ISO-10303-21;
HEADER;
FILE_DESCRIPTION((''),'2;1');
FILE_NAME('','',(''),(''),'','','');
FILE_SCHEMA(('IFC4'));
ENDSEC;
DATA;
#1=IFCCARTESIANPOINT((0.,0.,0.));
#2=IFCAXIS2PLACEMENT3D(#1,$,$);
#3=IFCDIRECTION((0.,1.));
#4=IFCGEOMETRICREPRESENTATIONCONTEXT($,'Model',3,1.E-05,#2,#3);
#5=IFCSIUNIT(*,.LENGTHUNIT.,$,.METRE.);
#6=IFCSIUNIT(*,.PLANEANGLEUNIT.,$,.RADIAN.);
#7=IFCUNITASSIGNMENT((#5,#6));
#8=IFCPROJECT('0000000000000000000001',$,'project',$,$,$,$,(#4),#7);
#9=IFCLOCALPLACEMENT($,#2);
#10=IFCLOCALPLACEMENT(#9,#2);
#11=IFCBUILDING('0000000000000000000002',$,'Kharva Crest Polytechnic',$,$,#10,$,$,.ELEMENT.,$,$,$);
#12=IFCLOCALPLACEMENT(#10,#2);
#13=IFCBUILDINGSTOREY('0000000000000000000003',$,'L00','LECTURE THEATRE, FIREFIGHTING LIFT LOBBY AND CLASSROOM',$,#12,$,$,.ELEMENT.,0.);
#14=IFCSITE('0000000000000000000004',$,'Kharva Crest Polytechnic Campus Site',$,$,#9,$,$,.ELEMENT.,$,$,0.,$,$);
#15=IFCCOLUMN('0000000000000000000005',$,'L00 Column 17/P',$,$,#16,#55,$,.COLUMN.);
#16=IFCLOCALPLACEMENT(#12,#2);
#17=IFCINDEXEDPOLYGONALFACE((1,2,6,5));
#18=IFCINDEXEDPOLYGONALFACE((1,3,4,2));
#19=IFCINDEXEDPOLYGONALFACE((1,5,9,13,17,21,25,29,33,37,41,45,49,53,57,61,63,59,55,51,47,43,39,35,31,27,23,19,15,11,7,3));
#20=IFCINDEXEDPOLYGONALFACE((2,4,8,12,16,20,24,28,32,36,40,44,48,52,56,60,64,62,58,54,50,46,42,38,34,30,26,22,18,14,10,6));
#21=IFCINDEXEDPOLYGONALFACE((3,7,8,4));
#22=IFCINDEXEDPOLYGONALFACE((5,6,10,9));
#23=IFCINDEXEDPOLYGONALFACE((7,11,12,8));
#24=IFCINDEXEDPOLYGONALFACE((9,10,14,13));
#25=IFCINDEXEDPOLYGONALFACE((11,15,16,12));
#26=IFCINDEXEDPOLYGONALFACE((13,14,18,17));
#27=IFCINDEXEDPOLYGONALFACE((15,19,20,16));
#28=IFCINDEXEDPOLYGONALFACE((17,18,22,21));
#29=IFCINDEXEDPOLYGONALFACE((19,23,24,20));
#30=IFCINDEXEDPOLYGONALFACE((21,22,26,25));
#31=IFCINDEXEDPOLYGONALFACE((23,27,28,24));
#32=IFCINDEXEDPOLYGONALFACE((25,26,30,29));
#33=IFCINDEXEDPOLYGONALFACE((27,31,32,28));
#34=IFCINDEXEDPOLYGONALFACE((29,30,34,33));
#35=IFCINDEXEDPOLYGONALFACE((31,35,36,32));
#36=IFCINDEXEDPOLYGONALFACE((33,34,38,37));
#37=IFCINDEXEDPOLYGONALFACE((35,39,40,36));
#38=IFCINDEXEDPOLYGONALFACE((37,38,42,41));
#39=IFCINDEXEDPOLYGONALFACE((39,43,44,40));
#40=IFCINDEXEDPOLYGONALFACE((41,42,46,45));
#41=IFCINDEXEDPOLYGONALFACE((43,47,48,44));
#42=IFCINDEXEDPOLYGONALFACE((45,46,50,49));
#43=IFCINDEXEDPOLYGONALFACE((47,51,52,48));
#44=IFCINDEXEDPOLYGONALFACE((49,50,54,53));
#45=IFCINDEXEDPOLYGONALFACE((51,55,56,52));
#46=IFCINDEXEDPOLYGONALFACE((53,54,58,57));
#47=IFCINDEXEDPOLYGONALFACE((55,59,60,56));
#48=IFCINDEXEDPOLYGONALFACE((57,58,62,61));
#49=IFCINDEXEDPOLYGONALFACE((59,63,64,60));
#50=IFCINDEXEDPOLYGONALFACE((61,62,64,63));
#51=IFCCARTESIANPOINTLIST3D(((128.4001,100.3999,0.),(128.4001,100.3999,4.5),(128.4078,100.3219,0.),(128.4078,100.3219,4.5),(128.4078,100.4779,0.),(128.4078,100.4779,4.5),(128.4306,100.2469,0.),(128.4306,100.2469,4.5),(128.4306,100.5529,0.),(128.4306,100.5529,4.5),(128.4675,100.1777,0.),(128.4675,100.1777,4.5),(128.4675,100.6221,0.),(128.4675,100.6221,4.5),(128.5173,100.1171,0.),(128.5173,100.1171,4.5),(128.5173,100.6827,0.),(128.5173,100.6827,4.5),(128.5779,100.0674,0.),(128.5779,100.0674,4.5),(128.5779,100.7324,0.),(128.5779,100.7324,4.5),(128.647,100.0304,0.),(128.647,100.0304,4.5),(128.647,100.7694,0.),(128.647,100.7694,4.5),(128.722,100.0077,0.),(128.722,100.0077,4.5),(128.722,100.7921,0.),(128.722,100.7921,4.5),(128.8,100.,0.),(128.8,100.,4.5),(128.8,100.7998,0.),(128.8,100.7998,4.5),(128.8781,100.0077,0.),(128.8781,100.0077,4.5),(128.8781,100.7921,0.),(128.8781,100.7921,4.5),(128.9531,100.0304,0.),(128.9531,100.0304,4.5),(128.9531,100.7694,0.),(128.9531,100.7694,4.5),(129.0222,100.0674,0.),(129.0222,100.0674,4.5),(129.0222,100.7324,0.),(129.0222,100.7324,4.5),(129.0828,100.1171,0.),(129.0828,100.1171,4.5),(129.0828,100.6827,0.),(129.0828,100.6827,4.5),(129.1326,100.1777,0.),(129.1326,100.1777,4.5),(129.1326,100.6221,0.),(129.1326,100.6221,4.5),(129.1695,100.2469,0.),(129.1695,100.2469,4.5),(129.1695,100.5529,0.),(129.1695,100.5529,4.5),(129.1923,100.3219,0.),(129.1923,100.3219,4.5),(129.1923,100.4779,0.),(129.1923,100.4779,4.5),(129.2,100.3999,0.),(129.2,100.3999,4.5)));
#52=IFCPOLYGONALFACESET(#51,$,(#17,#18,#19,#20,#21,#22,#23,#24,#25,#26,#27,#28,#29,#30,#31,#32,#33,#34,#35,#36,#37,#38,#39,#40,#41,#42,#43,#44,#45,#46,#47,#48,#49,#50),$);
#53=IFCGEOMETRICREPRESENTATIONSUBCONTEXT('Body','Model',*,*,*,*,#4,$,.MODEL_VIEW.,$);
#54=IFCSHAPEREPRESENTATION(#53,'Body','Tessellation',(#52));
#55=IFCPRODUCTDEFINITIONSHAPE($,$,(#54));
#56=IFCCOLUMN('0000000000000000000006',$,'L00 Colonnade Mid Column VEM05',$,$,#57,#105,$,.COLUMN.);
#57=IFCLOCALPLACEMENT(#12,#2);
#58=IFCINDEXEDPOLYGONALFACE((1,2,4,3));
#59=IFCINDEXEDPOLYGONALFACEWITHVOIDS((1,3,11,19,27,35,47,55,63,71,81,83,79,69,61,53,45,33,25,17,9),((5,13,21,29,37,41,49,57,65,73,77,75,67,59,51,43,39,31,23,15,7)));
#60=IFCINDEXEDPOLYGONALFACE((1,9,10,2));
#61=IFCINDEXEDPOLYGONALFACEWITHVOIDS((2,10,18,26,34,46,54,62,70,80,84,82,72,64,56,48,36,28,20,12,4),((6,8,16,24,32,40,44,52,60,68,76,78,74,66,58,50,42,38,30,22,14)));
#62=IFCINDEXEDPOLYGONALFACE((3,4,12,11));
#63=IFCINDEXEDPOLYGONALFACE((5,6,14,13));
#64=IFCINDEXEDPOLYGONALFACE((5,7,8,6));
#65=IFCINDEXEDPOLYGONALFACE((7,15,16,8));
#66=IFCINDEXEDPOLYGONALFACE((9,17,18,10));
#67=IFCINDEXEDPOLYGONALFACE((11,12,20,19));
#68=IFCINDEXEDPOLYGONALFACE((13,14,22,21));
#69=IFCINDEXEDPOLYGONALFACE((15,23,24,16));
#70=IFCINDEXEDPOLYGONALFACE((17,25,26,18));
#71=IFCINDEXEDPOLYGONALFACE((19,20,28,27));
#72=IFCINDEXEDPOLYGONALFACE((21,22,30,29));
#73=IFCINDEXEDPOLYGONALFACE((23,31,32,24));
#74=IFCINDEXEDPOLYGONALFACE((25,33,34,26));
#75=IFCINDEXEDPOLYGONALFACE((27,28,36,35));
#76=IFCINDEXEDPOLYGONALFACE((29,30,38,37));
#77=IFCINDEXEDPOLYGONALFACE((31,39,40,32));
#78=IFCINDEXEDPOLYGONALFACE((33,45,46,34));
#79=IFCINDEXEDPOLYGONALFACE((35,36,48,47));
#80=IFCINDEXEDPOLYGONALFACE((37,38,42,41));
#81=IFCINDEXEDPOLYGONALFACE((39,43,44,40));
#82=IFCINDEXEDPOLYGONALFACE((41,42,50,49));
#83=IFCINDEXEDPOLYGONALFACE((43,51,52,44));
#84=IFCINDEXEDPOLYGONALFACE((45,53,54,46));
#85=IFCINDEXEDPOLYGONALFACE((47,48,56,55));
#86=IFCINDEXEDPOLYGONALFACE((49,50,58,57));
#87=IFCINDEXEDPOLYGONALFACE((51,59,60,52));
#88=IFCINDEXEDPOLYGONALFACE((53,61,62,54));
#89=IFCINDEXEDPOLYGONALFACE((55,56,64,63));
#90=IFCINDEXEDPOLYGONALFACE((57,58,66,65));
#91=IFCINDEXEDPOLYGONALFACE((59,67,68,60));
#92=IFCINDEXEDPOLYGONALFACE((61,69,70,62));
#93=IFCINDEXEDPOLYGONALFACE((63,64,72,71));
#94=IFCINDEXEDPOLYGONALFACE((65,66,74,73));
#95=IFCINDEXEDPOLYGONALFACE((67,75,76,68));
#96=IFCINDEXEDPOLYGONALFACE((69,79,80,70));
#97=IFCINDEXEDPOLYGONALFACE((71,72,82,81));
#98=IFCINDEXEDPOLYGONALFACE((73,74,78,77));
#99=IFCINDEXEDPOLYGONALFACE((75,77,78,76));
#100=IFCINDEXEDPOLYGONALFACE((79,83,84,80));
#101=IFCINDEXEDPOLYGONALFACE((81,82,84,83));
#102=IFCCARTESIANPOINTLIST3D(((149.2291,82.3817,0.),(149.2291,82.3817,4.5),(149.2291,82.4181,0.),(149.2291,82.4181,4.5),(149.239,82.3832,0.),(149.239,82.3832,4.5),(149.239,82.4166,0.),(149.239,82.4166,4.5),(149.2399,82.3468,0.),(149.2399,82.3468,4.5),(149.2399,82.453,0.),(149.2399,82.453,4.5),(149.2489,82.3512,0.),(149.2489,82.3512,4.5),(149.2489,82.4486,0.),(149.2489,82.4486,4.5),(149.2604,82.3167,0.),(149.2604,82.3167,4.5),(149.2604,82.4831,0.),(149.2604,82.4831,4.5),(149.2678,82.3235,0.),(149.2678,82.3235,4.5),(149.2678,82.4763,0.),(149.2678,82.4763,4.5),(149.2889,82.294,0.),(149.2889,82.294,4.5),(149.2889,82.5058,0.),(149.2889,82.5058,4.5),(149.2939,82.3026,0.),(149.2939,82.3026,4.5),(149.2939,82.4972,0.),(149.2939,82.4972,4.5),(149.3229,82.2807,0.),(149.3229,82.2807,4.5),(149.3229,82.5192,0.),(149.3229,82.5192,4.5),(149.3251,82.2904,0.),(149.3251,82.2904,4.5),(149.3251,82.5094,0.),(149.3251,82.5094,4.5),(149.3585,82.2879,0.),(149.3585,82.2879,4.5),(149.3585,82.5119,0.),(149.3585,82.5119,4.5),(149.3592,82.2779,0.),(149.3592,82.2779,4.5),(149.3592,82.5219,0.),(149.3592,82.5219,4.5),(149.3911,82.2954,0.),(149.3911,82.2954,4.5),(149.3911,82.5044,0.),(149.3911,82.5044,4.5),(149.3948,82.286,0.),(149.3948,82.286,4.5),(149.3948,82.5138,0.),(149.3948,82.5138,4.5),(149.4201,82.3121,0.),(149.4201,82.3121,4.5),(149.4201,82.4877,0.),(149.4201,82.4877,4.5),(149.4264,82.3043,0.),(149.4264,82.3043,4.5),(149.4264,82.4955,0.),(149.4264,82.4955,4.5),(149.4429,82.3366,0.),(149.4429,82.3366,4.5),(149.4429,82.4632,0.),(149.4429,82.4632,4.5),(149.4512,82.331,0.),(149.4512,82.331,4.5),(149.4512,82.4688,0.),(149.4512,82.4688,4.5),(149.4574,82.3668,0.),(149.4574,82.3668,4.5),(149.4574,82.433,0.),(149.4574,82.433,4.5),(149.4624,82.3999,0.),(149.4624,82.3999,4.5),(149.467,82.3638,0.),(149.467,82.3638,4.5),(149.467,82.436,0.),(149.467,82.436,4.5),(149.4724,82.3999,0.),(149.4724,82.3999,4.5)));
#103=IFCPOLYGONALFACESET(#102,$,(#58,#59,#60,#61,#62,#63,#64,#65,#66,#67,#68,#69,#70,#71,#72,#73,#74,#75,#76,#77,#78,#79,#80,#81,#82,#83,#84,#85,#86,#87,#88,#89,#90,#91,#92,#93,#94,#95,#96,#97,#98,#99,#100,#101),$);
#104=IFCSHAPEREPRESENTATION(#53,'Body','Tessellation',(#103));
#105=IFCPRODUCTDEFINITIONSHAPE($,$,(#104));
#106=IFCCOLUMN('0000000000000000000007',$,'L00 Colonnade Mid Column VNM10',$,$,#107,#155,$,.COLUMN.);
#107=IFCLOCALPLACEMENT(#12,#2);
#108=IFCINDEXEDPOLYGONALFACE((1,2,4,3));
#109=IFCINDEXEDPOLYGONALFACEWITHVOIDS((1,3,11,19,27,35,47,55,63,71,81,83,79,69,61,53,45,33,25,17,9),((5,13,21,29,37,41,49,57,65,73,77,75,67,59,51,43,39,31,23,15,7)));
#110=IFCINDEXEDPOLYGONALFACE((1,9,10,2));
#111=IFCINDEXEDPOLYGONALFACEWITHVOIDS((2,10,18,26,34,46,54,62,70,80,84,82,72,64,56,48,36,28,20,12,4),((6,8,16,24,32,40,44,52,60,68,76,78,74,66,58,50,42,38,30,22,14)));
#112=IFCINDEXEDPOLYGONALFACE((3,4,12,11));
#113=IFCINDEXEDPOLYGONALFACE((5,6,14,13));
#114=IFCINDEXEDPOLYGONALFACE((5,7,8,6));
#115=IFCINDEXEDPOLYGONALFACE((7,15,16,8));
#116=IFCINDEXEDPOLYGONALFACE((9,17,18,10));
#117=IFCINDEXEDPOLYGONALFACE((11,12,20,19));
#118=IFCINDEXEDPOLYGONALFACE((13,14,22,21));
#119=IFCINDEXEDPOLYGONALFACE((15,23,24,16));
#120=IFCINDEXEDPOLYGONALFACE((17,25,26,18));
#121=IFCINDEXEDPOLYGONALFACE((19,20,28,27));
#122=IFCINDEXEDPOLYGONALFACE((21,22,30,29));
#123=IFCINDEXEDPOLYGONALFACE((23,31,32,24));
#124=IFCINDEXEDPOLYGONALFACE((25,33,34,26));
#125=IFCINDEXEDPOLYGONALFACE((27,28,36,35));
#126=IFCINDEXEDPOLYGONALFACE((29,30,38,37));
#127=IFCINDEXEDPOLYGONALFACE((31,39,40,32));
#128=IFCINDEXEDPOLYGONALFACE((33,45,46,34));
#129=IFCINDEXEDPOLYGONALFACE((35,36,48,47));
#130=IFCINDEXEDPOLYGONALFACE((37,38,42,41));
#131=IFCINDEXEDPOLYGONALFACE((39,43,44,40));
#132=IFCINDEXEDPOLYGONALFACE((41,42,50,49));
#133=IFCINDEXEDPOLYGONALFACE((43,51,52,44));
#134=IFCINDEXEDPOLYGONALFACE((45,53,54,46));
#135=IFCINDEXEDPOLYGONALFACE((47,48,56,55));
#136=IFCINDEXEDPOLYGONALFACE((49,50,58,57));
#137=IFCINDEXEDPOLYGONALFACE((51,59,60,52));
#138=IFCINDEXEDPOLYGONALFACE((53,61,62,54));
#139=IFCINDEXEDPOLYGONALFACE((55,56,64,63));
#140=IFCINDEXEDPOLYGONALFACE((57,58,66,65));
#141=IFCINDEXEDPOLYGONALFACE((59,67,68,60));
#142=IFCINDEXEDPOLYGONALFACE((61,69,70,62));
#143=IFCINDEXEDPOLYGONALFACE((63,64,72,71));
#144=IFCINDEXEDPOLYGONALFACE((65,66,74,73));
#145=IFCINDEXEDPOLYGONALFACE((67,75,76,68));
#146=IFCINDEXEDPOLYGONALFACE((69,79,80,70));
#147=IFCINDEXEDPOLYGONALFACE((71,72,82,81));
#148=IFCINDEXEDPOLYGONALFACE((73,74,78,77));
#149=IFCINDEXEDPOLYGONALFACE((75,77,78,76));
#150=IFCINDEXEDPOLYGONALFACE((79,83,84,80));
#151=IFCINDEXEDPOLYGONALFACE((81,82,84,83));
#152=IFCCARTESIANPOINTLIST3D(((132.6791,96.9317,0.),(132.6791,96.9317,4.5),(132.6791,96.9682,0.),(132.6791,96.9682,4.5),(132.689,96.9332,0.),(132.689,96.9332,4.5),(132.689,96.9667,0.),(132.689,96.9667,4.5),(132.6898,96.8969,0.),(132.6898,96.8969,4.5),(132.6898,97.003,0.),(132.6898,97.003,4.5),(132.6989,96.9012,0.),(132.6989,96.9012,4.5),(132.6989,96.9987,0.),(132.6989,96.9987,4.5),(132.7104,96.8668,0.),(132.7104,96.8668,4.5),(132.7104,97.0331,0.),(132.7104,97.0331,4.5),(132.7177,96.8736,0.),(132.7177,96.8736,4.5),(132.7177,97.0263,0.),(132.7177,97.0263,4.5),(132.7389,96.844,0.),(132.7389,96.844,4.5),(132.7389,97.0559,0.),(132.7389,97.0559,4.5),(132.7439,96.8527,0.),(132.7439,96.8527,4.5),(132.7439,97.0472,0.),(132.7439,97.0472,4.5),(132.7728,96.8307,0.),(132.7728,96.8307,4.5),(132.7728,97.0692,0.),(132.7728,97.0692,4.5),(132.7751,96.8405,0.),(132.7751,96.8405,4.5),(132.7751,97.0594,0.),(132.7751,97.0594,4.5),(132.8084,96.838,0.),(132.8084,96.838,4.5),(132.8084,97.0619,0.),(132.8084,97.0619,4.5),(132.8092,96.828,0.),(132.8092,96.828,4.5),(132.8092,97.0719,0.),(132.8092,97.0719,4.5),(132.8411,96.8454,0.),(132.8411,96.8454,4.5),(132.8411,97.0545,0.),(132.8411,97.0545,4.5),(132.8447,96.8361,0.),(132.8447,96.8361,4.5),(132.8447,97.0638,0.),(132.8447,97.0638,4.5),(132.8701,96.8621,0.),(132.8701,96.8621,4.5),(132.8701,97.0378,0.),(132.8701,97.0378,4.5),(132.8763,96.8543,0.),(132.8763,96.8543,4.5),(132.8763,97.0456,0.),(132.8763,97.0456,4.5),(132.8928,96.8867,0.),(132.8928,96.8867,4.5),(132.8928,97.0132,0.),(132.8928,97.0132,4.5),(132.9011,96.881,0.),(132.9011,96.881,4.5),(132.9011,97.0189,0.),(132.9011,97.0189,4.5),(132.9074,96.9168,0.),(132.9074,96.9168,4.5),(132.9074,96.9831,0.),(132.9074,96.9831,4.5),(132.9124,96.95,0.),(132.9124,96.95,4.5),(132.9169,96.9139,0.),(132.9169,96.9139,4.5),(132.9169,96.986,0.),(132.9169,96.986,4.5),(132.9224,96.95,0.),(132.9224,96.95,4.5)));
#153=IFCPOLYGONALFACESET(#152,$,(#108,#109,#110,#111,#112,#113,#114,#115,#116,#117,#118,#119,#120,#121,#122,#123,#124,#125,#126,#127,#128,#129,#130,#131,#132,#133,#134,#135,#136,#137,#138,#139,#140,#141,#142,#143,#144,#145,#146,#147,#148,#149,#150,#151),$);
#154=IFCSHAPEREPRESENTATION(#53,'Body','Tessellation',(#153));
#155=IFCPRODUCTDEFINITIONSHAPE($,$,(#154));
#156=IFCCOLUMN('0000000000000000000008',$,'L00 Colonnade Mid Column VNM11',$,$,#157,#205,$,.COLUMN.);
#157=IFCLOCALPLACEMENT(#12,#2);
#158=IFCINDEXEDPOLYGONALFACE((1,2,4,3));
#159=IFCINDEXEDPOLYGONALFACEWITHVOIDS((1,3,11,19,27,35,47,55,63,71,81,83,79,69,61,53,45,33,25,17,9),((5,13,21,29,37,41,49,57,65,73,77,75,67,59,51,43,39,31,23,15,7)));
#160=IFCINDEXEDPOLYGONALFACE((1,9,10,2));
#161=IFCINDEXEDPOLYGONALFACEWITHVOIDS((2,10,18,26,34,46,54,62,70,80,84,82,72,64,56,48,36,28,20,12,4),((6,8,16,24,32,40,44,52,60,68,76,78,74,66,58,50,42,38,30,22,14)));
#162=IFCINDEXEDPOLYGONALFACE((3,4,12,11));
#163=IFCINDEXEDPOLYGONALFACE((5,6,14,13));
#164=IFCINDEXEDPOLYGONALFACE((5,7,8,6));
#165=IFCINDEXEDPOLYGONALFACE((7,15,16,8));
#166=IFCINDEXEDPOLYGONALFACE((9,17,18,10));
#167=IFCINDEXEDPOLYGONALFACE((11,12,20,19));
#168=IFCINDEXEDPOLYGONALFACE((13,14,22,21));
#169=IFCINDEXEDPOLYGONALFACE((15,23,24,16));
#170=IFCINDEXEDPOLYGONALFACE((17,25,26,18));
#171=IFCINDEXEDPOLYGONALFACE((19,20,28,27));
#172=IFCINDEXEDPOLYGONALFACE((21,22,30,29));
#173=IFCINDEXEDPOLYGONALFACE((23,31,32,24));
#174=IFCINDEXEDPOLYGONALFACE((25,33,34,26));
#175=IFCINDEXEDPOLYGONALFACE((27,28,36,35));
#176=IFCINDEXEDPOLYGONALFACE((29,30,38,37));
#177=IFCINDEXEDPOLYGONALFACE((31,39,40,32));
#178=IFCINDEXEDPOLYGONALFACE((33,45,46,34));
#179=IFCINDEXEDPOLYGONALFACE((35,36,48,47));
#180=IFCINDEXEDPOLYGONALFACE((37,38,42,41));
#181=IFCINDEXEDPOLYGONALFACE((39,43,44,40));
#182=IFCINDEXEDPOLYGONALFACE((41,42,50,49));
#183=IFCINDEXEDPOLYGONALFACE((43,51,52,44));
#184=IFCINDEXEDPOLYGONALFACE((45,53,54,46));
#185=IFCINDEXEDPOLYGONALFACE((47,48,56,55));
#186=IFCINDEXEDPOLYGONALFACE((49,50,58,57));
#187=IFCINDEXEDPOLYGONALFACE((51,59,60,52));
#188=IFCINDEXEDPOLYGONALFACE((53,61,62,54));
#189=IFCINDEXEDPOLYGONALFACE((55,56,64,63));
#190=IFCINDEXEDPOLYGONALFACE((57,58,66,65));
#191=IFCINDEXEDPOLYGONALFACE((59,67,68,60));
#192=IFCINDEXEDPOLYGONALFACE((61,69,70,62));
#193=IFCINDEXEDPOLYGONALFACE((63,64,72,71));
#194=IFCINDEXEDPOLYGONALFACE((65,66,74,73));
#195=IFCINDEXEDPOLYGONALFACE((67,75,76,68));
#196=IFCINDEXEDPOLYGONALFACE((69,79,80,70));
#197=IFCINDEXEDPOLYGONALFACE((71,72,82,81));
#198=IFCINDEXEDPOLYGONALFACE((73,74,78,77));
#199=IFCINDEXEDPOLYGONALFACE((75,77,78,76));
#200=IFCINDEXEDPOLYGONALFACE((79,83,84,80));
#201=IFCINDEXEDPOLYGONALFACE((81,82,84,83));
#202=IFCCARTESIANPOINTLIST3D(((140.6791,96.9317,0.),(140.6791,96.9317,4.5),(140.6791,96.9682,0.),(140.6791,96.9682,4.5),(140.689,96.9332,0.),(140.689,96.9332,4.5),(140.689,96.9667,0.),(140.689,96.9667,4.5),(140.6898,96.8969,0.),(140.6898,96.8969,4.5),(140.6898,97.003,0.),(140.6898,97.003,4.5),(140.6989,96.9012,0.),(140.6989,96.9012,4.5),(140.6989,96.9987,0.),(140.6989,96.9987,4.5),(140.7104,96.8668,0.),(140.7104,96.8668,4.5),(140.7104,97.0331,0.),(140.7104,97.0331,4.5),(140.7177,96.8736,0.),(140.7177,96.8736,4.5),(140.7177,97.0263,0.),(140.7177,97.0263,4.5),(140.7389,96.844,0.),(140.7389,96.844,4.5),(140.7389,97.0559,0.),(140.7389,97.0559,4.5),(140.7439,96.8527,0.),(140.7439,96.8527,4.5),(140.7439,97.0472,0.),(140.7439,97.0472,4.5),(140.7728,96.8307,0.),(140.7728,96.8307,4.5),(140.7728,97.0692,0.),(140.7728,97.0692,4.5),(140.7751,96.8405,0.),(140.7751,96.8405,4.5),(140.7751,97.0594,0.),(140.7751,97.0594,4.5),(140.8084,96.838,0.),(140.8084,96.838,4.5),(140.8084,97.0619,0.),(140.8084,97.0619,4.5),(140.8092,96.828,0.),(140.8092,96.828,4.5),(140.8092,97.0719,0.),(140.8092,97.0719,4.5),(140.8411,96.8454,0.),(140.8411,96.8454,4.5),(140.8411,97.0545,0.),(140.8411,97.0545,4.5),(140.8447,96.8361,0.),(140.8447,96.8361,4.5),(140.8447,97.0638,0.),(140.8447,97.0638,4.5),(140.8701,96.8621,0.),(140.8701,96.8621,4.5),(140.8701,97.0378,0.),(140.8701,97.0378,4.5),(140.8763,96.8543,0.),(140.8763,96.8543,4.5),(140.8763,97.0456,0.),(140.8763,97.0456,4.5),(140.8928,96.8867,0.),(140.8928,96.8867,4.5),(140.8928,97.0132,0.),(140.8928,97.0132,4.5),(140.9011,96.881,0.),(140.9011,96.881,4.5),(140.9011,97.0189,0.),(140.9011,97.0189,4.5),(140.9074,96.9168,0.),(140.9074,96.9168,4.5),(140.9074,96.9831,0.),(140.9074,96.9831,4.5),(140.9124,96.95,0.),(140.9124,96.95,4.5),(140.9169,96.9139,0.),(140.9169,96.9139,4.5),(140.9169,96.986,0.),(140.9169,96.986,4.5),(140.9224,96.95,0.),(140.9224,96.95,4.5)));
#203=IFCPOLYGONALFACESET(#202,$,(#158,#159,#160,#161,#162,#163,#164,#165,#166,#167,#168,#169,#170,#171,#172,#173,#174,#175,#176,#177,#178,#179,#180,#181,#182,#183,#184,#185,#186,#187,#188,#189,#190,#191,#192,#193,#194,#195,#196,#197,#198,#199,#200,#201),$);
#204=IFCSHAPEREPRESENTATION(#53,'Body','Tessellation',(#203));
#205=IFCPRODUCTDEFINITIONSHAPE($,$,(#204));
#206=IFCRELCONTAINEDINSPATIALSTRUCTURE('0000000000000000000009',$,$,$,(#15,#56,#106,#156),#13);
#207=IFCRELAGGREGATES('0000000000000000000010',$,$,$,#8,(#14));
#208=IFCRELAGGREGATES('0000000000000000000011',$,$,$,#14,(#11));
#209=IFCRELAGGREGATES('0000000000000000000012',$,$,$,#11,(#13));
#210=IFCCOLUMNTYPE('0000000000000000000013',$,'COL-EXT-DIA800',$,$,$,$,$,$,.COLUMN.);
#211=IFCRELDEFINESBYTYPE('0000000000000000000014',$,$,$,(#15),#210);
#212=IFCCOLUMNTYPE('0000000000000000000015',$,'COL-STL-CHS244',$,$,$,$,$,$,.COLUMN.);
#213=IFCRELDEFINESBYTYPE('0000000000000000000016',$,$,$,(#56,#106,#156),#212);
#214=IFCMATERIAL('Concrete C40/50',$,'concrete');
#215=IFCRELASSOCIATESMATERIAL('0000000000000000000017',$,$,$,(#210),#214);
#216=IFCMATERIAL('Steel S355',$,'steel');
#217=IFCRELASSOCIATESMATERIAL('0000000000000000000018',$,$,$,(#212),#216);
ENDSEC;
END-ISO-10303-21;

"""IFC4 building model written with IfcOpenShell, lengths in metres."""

from ifc_helpers import new_model, si_unit, direction, frame, origin, origin_2d, place, context, subcontext, project, spatial, circle, hollow_circle, extrude, material, material_profile, profile_set, type_object, element, save


model = new_model("IFC4")

# Units and contexts
model_context = context("Model", 3, precision=1e-05, world=origin(), true_north=direction((0.0, 1.0)))
body_context = subcontext(model_context, "Body", "Model", "MODEL_VIEW")
ifc_project = project(units=[si_unit("LENGTHUNIT", "METRE"), si_unit("PLANEANGLEUNIT", "RADIAN")], contexts=[model_context])

# Site, building, storey
site_placement = place(None, origin())
site = spatial("IfcSite", under=ifc_project, at=site_placement, Name="Kharva Crest Polytechnic Campus Site", CompositionType="ELEMENT", RefElevation=0.0)
building_placement = place(site_placement, origin())
building = spatial("IfcBuilding", under=site, at=building_placement, Name="Kharva Crest Polytechnic", CompositionType="ELEMENT")
storey_placement = place(building_placement, origin())
storey = spatial("IfcBuildingStorey", under=building, at=storey_placement, Name="L00", Description="LECTURE THEATRE, FIREFIGHTING LIFT LOBBY AND CLASSROOM", CompositionType="ELEMENT", Elevation=0.0)

# Columns
ifc_material_1 = material(Name="Concrete C40/50", Category="concrete")
ifc_material_profile_1 = material_profile(ifc_material_1, circle(Radius=0.3999, at=origin_2d()), Name="DIA 800")
ifc_profile_set_1 = profile_set([ifc_material_profile_1], Name="Concrete C40/50")
column_type_1 = type_object("IfcColumnType", Name="COL-EXT-DIA800", PredefinedType="COLUMN", material=ifc_profile_set_1)
column_placement = place(storey_placement, frame((128.8, 100.3999, 0.0), z_axis=(0.0, 0.0, 1.0), x_axis=(1.0, 0.0, 0.0)))
element("IfcColumn", 1, at=column_placement, inside=storey, type_object=column_type_1, Name="L00 Column 17/P", PredefinedType="COLUMN", context=body_context, shape_type="SweptSolid", body=[
    extrude(circle(Radius=0.3999, at=origin_2d()), origin(), (0.0, 0.0, 1.0), 4.5),
])
ifc_material_2 = material(Name="Steel S355", Category="steel")
ifc_material_profile_2 = material_profile(ifc_material_2, hollow_circle(Radius=0.1223, WallThickness=0.01, at=origin_2d()), Name="CHS 244.5X10.0")
ifc_profile_set_2 = profile_set([ifc_material_profile_2], Name="Steel S355")
column_type_2 = type_object("IfcColumnType", Name="COL-STL-CHS244", PredefinedType="COLUMN", material=ifc_profile_set_2)
for number, where, z_axis, x_axis, name in (
    (2, (149.3501, 82.3999, 0.0), (0.0, 0.0, 1.0), (1.0, 0.0, 0.0), "L00 Colonnade Mid Column VEM05"),
    (3, (132.8, 96.95, 0.0), (0.0, 0.0, 1.0), (1.0, 0.0, 0.0), "L00 Colonnade Mid Column VNM10"),
    (4, (140.8, 96.95, 0.0), (0.0, 0.0, 1.0), (1.0, 0.0, 0.0), "L00 Colonnade Mid Column VNM11"),
):
    element("IfcColumn", number, at=place(storey_placement, frame(where, z_axis=z_axis, x_axis=x_axis)), inside=storey, type_object=column_type_2, Name=name, PredefinedType="COLUMN", context=body_context, shape_type="SweptSolid", body=[
        extrude(hollow_circle(Radius=0.1223, WallThickness=0.01, at=origin_2d()), origin(), (0.0, 0.0, 1.0), 4.5),
    ])

save(model, "model.ifc")
